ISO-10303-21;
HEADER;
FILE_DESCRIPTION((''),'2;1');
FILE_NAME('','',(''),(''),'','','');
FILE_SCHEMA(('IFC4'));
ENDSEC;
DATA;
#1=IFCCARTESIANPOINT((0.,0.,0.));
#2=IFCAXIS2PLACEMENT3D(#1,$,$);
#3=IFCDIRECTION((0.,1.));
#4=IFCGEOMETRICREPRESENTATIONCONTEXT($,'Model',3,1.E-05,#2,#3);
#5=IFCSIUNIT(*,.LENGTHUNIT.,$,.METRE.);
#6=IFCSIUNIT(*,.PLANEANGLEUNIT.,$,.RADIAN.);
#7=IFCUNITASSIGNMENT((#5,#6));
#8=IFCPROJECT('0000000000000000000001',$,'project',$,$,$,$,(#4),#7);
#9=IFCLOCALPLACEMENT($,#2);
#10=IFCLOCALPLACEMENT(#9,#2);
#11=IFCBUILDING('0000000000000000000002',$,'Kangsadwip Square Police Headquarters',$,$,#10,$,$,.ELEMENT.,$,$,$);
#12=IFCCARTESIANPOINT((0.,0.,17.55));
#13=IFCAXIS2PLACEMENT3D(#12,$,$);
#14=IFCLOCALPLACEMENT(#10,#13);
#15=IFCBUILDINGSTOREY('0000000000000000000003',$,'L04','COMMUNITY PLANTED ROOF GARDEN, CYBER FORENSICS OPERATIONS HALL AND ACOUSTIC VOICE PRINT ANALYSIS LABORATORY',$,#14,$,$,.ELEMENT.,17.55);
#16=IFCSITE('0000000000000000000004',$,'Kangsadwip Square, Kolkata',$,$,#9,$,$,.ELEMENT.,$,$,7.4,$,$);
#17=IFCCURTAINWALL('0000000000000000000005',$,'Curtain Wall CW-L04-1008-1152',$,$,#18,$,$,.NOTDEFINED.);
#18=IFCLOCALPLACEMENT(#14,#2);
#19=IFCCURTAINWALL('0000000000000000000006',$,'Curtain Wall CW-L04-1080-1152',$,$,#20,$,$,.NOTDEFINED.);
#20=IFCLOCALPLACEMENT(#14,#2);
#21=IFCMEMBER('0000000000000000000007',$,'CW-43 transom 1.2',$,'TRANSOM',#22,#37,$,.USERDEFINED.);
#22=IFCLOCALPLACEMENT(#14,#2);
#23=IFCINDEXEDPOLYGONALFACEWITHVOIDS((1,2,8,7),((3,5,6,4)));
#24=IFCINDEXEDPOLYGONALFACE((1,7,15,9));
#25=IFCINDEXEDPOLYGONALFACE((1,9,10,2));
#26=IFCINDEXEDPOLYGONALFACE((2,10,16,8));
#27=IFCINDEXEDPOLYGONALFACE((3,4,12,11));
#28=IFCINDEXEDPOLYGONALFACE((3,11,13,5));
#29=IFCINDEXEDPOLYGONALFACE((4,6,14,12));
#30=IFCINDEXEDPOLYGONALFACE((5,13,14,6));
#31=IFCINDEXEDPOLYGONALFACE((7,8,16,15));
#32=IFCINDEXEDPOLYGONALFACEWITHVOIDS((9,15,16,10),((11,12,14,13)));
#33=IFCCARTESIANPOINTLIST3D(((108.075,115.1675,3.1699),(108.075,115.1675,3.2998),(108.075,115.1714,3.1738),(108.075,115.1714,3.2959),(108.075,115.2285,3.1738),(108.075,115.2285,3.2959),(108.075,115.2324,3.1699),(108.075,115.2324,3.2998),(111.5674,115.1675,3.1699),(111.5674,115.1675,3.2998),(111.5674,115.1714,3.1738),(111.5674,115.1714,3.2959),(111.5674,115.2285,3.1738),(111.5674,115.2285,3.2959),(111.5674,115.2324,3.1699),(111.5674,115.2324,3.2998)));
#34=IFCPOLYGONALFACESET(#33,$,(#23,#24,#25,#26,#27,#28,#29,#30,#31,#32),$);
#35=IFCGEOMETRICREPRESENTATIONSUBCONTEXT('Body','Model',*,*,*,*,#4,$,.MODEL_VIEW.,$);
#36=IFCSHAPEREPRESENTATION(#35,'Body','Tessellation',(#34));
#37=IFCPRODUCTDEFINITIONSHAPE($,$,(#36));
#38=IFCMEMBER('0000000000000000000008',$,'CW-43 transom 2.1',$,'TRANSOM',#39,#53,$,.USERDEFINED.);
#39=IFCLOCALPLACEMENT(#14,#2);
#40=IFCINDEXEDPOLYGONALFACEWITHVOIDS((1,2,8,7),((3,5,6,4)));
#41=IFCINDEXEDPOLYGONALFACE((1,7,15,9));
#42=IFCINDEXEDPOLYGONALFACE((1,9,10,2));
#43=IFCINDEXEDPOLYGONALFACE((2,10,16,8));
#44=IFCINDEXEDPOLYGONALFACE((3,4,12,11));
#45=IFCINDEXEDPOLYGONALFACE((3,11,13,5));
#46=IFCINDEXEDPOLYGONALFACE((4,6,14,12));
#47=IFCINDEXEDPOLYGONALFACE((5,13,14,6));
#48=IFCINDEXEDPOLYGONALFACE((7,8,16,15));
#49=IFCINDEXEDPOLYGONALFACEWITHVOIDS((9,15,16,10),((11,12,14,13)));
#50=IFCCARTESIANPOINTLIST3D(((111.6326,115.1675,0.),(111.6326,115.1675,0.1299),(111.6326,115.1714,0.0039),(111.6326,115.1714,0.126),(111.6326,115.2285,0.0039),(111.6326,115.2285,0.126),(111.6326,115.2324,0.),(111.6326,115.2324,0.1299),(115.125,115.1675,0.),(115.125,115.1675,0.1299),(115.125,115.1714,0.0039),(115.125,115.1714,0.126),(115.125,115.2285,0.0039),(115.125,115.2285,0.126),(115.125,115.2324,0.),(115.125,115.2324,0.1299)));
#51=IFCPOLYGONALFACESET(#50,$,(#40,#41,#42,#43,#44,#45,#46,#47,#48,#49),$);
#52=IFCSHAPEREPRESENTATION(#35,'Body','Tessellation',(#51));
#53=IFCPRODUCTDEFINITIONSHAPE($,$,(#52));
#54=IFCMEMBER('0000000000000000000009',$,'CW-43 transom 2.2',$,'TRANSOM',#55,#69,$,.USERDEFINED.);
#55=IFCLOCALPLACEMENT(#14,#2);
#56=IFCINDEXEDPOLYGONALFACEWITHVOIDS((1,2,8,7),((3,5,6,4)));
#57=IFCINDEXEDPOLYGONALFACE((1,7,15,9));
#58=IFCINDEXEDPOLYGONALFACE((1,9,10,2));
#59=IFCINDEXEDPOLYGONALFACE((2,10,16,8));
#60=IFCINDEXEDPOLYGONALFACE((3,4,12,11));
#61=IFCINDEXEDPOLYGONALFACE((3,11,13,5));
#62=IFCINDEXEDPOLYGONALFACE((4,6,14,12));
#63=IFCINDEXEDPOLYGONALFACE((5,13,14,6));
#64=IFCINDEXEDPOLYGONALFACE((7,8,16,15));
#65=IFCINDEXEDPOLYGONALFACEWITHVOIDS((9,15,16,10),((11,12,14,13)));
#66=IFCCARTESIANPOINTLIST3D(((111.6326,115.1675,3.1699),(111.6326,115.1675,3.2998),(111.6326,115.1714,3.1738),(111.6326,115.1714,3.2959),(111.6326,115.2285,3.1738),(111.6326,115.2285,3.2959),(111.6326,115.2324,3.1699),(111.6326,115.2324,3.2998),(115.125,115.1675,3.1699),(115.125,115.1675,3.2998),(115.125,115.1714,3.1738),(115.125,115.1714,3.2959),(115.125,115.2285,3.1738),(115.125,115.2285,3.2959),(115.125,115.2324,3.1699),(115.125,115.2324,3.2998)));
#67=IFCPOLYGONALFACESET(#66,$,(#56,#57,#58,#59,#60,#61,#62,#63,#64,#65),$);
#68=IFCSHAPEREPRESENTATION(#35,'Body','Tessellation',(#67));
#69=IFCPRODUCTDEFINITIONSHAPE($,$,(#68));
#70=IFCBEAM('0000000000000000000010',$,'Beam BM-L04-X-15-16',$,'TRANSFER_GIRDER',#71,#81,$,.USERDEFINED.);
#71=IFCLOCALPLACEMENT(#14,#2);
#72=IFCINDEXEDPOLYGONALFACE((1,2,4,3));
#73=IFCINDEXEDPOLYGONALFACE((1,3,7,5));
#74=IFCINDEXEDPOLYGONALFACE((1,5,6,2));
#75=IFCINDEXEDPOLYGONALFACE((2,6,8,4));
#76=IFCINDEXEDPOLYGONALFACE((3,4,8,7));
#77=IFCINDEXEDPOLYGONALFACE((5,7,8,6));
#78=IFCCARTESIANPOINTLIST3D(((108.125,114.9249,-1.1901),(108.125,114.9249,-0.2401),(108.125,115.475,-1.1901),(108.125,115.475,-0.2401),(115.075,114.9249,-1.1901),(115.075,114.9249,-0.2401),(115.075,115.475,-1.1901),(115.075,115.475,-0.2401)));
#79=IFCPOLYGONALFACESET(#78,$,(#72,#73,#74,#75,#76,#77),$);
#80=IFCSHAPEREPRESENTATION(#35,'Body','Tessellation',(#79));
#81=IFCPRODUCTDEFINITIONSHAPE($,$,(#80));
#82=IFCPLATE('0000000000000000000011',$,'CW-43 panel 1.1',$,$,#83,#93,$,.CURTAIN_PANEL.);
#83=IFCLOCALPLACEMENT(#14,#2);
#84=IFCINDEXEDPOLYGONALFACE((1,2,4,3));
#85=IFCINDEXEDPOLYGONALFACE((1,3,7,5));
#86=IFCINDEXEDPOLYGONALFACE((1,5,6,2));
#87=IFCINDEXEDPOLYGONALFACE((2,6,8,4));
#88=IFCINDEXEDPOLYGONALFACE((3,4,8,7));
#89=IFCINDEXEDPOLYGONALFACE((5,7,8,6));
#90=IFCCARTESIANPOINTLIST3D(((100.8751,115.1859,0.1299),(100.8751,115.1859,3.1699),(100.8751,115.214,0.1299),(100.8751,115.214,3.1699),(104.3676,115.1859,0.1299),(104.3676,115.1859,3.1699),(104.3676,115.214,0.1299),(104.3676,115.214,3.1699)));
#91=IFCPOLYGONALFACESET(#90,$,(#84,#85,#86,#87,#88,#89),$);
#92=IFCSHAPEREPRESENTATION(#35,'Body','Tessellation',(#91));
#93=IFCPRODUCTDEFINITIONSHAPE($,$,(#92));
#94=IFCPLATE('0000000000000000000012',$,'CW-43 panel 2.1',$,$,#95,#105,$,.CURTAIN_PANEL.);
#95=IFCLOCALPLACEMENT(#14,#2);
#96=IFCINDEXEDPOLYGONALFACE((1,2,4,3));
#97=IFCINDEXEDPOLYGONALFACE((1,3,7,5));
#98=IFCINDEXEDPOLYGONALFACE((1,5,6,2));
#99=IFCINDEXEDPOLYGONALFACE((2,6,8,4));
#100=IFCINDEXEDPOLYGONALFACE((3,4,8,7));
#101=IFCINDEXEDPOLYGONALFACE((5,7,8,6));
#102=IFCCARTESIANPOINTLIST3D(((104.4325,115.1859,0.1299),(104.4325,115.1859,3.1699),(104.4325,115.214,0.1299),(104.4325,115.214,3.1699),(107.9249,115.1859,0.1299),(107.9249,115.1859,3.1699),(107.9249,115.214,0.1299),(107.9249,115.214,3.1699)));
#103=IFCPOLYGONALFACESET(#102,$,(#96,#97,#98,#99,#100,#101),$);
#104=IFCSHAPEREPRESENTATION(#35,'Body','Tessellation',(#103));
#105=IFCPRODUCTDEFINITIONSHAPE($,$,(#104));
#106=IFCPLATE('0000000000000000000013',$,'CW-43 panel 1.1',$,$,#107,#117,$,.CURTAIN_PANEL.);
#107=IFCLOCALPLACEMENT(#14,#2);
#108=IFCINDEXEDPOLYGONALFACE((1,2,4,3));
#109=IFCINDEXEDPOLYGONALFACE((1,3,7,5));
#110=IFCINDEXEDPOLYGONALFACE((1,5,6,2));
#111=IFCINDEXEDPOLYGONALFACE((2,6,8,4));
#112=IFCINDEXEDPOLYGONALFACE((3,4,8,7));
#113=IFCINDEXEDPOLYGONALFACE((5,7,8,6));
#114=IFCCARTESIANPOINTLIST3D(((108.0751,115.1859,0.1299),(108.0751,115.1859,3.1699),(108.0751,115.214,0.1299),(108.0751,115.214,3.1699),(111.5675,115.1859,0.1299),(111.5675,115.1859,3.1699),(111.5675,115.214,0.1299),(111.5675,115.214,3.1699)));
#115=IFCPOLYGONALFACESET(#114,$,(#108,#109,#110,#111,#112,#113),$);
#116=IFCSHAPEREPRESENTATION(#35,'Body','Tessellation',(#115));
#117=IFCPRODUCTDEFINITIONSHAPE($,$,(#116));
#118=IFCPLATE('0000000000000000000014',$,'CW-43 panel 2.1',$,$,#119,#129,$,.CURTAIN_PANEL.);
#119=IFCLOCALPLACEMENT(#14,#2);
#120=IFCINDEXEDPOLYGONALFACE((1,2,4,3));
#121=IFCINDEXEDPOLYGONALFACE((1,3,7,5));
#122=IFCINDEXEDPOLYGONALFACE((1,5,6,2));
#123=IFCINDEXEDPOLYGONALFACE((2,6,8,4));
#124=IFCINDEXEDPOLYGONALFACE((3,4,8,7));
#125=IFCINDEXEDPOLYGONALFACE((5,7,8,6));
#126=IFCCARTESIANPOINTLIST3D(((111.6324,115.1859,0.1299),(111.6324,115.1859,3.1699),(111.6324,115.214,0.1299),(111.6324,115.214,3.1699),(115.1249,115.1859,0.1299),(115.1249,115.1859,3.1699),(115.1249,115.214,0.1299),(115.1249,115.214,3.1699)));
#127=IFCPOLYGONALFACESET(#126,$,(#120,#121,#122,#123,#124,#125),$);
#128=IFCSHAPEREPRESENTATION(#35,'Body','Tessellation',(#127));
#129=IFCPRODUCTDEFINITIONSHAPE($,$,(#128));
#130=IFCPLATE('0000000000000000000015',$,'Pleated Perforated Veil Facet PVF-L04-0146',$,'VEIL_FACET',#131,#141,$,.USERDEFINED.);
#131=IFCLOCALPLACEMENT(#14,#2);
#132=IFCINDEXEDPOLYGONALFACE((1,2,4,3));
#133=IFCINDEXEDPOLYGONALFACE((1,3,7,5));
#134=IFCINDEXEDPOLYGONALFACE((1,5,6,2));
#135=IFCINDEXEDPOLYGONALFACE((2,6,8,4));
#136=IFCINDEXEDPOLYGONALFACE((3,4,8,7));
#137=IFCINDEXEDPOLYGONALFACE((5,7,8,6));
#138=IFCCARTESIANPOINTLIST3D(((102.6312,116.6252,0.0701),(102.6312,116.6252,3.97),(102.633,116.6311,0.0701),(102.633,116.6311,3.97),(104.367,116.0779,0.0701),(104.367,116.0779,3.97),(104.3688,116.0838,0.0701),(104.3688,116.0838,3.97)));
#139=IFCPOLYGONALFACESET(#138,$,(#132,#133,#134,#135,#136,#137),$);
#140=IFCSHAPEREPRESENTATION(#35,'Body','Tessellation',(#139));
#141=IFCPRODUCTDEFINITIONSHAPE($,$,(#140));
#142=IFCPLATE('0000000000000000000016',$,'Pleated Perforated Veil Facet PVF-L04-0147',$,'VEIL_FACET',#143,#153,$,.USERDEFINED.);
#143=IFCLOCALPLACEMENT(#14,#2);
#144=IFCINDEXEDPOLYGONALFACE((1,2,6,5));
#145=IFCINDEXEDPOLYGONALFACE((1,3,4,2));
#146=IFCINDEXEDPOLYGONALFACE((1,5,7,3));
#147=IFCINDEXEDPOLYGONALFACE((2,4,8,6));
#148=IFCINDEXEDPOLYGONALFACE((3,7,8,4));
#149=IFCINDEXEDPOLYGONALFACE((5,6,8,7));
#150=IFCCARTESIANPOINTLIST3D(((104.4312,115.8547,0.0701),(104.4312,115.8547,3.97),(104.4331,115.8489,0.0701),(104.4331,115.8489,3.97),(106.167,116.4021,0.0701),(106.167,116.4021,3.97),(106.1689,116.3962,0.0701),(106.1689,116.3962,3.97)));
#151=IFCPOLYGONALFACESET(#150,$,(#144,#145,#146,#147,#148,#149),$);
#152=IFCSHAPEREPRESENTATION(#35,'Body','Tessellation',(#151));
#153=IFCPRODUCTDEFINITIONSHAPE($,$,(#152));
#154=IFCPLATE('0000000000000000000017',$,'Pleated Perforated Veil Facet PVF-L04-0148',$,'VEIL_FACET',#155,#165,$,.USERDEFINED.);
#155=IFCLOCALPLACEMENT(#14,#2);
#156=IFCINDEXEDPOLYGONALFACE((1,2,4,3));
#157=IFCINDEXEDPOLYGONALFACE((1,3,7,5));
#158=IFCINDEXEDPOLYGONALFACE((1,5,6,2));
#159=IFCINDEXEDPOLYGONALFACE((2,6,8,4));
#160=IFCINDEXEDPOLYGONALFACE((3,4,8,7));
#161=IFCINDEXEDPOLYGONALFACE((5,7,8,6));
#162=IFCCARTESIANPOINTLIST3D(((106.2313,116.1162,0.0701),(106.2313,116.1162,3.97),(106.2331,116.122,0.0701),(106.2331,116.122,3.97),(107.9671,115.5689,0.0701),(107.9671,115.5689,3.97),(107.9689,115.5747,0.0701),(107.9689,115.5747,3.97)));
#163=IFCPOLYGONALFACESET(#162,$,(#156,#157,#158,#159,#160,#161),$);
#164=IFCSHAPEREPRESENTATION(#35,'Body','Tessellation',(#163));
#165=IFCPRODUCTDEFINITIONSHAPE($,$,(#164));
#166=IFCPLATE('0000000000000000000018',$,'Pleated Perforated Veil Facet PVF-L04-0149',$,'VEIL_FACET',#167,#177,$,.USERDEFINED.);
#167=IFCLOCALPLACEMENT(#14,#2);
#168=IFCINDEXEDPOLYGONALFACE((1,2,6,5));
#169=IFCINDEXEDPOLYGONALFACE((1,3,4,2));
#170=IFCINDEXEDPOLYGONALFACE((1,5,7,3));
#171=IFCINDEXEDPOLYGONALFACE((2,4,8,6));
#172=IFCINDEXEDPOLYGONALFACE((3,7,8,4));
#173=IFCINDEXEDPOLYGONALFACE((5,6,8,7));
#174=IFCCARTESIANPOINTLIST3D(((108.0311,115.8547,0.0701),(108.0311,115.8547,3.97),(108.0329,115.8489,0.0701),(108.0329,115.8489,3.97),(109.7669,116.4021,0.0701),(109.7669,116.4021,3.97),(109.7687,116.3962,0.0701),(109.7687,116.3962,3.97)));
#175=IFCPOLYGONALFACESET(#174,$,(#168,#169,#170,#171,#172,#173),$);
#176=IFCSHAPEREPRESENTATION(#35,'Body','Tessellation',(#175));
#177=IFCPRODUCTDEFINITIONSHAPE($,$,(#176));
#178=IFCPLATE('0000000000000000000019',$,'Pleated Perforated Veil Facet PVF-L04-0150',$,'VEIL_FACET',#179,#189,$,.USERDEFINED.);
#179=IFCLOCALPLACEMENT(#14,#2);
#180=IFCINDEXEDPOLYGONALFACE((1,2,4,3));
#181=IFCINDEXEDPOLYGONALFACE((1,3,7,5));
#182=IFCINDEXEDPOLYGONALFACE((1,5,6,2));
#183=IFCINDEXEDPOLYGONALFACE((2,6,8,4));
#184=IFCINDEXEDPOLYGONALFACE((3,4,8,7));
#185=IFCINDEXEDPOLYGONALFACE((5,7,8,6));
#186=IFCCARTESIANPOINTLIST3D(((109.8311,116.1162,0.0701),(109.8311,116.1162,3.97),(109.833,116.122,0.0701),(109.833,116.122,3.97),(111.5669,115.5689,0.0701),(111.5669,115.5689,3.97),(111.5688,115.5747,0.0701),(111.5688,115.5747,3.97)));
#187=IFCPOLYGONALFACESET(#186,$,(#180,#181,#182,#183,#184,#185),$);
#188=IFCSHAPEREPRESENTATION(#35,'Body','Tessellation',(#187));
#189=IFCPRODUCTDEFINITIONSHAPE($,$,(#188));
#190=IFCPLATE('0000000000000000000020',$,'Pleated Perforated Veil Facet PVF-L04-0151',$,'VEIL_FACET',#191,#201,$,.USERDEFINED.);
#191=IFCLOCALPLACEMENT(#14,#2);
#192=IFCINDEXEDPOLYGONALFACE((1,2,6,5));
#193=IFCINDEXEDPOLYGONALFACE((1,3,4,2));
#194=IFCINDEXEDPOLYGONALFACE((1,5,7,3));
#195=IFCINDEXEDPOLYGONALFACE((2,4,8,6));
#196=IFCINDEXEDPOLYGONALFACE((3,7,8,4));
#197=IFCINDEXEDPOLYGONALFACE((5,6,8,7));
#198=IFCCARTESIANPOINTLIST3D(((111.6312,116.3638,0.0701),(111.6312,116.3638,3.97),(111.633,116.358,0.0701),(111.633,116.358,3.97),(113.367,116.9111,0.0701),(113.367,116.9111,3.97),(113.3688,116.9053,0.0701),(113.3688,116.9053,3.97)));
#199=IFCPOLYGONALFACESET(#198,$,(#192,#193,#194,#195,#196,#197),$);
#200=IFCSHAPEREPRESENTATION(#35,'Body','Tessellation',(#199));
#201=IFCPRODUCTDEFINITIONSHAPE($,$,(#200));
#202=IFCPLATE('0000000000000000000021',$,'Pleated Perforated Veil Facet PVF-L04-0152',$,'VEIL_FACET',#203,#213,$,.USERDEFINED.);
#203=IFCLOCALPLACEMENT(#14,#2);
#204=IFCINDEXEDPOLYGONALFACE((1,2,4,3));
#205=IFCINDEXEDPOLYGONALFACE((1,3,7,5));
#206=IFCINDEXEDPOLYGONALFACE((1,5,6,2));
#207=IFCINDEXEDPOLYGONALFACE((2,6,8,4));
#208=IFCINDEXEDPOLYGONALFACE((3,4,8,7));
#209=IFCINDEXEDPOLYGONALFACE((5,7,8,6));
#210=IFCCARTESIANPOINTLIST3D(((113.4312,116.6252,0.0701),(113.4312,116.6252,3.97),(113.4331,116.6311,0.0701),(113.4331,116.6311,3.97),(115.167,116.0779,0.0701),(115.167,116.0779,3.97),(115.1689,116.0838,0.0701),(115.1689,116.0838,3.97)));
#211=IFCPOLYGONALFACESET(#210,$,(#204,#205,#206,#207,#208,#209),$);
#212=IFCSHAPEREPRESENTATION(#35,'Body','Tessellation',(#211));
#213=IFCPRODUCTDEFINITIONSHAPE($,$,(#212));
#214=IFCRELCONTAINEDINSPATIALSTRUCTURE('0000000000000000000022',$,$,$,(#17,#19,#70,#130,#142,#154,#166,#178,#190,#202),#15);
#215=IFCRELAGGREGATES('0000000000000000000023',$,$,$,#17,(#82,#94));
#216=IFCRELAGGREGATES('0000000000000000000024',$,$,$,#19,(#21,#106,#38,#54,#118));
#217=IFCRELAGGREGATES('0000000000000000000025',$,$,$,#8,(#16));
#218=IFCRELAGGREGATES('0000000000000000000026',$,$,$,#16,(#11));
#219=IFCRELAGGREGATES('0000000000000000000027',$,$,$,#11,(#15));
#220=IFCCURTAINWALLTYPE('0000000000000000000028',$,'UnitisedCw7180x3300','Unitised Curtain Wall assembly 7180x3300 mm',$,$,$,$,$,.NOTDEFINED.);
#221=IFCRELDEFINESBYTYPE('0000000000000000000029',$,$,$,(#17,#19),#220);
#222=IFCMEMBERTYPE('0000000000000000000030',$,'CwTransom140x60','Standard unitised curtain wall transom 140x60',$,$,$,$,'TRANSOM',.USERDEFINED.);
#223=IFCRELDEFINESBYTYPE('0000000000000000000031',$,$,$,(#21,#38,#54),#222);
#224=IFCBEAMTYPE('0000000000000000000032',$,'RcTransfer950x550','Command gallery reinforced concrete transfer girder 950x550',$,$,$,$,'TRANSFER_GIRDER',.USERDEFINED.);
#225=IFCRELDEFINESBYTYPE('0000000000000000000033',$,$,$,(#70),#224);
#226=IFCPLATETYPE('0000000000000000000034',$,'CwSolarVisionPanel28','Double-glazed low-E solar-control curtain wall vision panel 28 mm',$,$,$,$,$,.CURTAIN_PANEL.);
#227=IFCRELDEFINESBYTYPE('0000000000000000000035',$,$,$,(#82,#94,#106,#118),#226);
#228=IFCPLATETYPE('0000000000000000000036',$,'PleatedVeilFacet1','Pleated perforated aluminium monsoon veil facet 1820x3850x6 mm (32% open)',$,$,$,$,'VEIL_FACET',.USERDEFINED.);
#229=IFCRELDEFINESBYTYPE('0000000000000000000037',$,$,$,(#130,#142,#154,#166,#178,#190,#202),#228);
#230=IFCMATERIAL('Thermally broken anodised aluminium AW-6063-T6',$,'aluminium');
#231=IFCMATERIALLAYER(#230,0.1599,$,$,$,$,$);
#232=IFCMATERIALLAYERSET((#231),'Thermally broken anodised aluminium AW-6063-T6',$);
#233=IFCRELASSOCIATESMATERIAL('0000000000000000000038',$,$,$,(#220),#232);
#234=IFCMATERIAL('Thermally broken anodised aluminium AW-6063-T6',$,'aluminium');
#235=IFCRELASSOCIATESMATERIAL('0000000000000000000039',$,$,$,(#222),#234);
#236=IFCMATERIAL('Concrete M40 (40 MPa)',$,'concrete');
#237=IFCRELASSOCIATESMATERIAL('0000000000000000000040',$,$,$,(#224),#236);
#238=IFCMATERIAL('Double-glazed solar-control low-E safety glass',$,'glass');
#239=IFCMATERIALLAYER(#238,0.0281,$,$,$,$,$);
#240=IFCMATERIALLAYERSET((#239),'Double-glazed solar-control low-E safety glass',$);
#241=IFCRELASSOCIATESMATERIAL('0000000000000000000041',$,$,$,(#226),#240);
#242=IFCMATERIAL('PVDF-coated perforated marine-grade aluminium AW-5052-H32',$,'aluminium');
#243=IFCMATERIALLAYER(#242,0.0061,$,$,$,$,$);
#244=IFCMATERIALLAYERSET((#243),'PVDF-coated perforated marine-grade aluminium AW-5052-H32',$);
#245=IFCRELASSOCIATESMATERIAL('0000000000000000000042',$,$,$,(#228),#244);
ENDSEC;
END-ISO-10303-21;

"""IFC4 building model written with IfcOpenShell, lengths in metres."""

from ifc_helpers import new_model, si_unit, direction, frame, origin, origin_2d, place, context, subcontext, project, spatial, rectangle, hollow_rectangle, extrude, material, layer, layer_set, material_profile, profile_set, type_object, element, aggregate, save


model = new_model("IFC4")

# Units and contexts
model_context = context("Model", 3, precision=1e-05, world=origin(), true_north=direction((0.0, 1.0)))
body_context = subcontext(model_context, "Body", "Model", "MODEL_VIEW")
ifc_project = project(units=[si_unit("LENGTHUNIT", "METRE"), si_unit("PLANEANGLEUNIT", "RADIAN")], contexts=[model_context])

# Site, building, storey
site_placement = place(None, origin())
site = spatial("IfcSite", under=ifc_project, at=site_placement, Name="Kangsadwip Square, Kolkata", CompositionType="ELEMENT", RefElevation=7.4)
building_placement = place(site_placement, origin())
building = spatial("IfcBuilding", under=site, at=building_placement, Name="Kangsadwip Square Police Headquarters", CompositionType="ELEMENT")
storey_placement = place(building_placement, frame((0.0, 0.0, 17.55)))
storey = spatial("IfcBuildingStorey", under=building, at=storey_placement, Name="L04", Description="COMMUNITY PLANTED ROOF GARDEN, CYBER FORENSICS OPERATIONS HALL AND ACOUSTIC VOICE PRINT ANALYSIS LABORATORY", CompositionType="ELEMENT", Elevation=17.55)

# Curtain walls
ifc_material_1 = material(Name="Thermally broken anodised aluminium AW-6063-T6", Category="aluminium")
ifc_layer_1 = layer(ifc_material_1, 0.1599)
ifc_layer_set_1 = layer_set([ifc_layer_1], Name="Thermally broken anodised aluminium AW-6063-T6")
curtain_wall_type = type_object("IfcCurtainWallType", Name="UnitisedCw7180x3300", Description="Unitised Curtain Wall assembly 7180x3300 mm", PredefinedType="NOTDEFINED", material=ifc_layer_set_1)
curtain_wall_1_placement = place(storey_placement, origin())
curtain_wall_1 = element("IfcCurtainWall", 1, at=curtain_wall_1_placement, inside=storey, type_object=curtain_wall_type, Name="Curtain Wall CW-L04-1008-1152", PredefinedType="NOTDEFINED")
curtain_wall_2_placement = place(storey_placement, origin())
curtain_wall_2 = element("IfcCurtainWall", 2, at=curtain_wall_2_placement, inside=storey, type_object=curtain_wall_type, Name="Curtain Wall CW-L04-1080-1152", PredefinedType="NOTDEFINED")

# Members
ifc_material_2 = material(Name="Thermally broken anodised aluminium AW-6063-T6", Category="aluminium")
ifc_material_profile_1 = material_profile(ifc_material_2, hollow_rectangle(XDim=0.0649, YDim=0.1299, WallThickness=0.0039, at=origin_2d()), Name="CWT 130X65X4")
ifc_profile_set_1 = profile_set([ifc_material_profile_1], Name="Thermally broken anodised aluminium AW-6063-T6")
member_type_1 = type_object("IfcMemberType", Name="CwTransom140x60", Description="Standard unitised curtain wall transom 140x60", ElementType="TRANSOM", PredefinedType="USERDEFINED", material=ifc_profile_set_1)
member_1_placement = place(storey_placement, frame((108.075, 115.2, 3.2349), z_axis=(1.0, 0.0, 0.0), x_axis=(0.0, 1.0, 0.0)))
member_1 = element("IfcMember", 3, at=member_1_placement, type_object=member_type_1, Name="CW-43 transom 1.2", ObjectType="TRANSOM", PredefinedType="USERDEFINED", context=body_context, shape_type="SweptSolid", body=[
    extrude(hollow_rectangle(XDim=0.0649, YDim=0.1299, WallThickness=0.0039, at=origin_2d()), origin(), (0.0, 0.0, 1.0), 3.4924),
])
member_2_placement = place(storey_placement, frame((111.6326, 115.2, 0.0649), z_axis=(1.0, 0.0, 0.0), x_axis=(0.0, 1.0, 0.0)))
member_2 = element("IfcMember", 4, at=member_2_placement, type_object=member_type_1, Name="CW-43 transom 2.1", ObjectType="TRANSOM", PredefinedType="USERDEFINED", context=body_context, shape_type="SweptSolid", body=[
    extrude(hollow_rectangle(XDim=0.0649, YDim=0.1299, WallThickness=0.0039, at=origin_2d()), origin(), (0.0, 0.0, 1.0), 3.4924),
])
member_3_placement = place(storey_placement, frame((111.6326, 115.2, 3.2349), z_axis=(1.0, 0.0, 0.0), x_axis=(0.0, 1.0, 0.0)))
member_3 = element("IfcMember", 5, at=member_3_placement, type_object=member_type_1, Name="CW-43 transom 2.2", ObjectType="TRANSOM", PredefinedType="USERDEFINED", context=body_context, shape_type="SweptSolid", body=[
    extrude(hollow_rectangle(XDim=0.0649, YDim=0.1299, WallThickness=0.0039, at=origin_2d()), origin(), (0.0, 0.0, 1.0), 3.4924),
])

# Beam
ifc_material_3 = material(Name="Concrete M40 (40 MPa)", Category="concrete")
ifc_material_profile_2 = material_profile(ifc_material_3, rectangle(XDim=0.55, YDim=0.95, at=origin_2d()), Name="RC TG 950X550")
ifc_profile_set_2 = profile_set([ifc_material_profile_2], Name="Concrete M40 (40 MPa)")
beam_type = type_object("IfcBeamType", Name="RcTransfer950x550", Description="Command gallery reinforced concrete transfer girder 950x550", ElementType="TRANSFER_GIRDER", PredefinedType="USERDEFINED", material=ifc_profile_set_2)
beam_placement = place(storey_placement, frame((108.125, 115.2, -0.7151), z_axis=(1.0, 0.0, 0.0), x_axis=(0.0, 1.0, 0.0)))
element("IfcBeam", 6, at=beam_placement, inside=storey, type_object=beam_type, Name="Beam BM-L04-X-15-16", ObjectType="TRANSFER_GIRDER", PredefinedType="USERDEFINED", context=body_context, shape_type="SweptSolid", body=[
    extrude(rectangle(XDim=0.55, YDim=0.95, at=origin_2d()), origin(), (0.0, 0.0, 1.0), 6.95),
])

# Plates
ifc_material_4 = material(Name="Double-glazed solar-control low-E safety glass", Category="glass")
ifc_layer_2 = layer(ifc_material_4, 0.0281)
ifc_layer_set_2 = layer_set([ifc_layer_2], Name="Double-glazed solar-control low-E safety glass")
plate_type_1 = type_object("IfcPlateType", Name="CwSolarVisionPanel28", Description="Double-glazed low-E solar-control curtain wall vision panel 28 mm", PredefinedType="CURTAIN_PANEL", material=ifc_layer_set_2)
plate_1_placement = place(storey_placement, frame((102.6213, 115.2, 0.1299), z_axis=(0.0, 0.0, 1.0), x_axis=(1.0, 0.0, 0.0)))
plate_1 = element("IfcPlate", 7, at=plate_1_placement, type_object=plate_type_1, Name="CW-43 panel 1.1", PredefinedType="CURTAIN_PANEL", context=body_context, shape_type="SweptSolid", body=[
    extrude(rectangle(XDim=3.4924, YDim=0.0281, at=origin_2d()), origin(), (0.0, 0.0, 1.0), 3.04),
])
plate_2_placement = place(storey_placement, frame((106.1787, 115.2, 0.1299), z_axis=(0.0, 0.0, 1.0), x_axis=(1.0, 0.0, 0.0)))
plate_2 = element("IfcPlate", 8, at=plate_2_placement, type_object=plate_type_1, Name="CW-43 panel 2.1", PredefinedType="CURTAIN_PANEL", context=body_context, shape_type="SweptSolid", body=[
    extrude(rectangle(XDim=3.4924, YDim=0.0281, at=origin_2d()), origin(), (0.0, 0.0, 1.0), 3.04),
])
aggregate(curtain_wall_1, [plate_1, plate_2])
plate_3_placement = place(storey_placement, frame((109.8213, 115.2, 0.1299), z_axis=(0.0, 0.0, 1.0), x_axis=(1.0, 0.0, 0.0)))
plate_3 = element("IfcPlate", 9, at=plate_3_placement, type_object=plate_type_1, Name="CW-43 panel 1.1", PredefinedType="CURTAIN_PANEL", context=body_context, shape_type="SweptSolid", body=[
    extrude(rectangle(XDim=3.4924, YDim=0.0281, at=origin_2d()), origin(), (0.0, 0.0, 1.0), 3.04),
])
plate_4_placement = place(storey_placement, frame((113.3787, 115.2, 0.1299), z_axis=(0.0, 0.0, 1.0), x_axis=(1.0, 0.0, 0.0)))
plate_4 = element("IfcPlate", 10, at=plate_4_placement, type_object=plate_type_1, Name="CW-43 panel 2.1", PredefinedType="CURTAIN_PANEL", context=body_context, shape_type="SweptSolid", body=[
    extrude(rectangle(XDim=3.4924, YDim=0.0281, at=origin_2d()), origin(), (0.0, 0.0, 1.0), 3.04),
])
aggregate(curtain_wall_2, [member_1, plate_3, member_2, member_3, plate_4])

# Plates
ifc_material_5 = material(Name="PVDF-coated perforated marine-grade aluminium AW-5052-H32", Category="aluminium")
ifc_layer_3 = layer(ifc_material_5, 0.0061)
ifc_layer_set_3 = layer_set([ifc_layer_3], Name="PVDF-coated perforated marine-grade aluminium AW-5052-H32")
plate_type_2 = type_object("IfcPlateType", Name="PleatedVeilFacet1", Description="Pleated perforated aluminium monsoon veil facet 1820x3850x6 mm (32% open)", ElementType="VEIL_FACET", PredefinedType="USERDEFINED", material=ifc_layer_set_3)
for number, where, z_axis, x_axis, name in (
    (11, (103.5, 116.3545, 0.0701), (0.0, 0.0, 1.0), (0.953717, -0.300706, 0.0), "Pleated Perforated Veil Facet PVF-L04-0146"),
    (12, (105.3, 116.1255, 0.0701), (0.0, 0.0, 1.0), (0.953717, 0.300706, 0.0), "Pleated Perforated Veil Facet PVF-L04-0147"),
    (13, (107.1001, 115.8455, 0.0701), (0.0, 0.0, 1.0), (0.953717, -0.300706, 0.0), "Pleated Perforated Veil Facet PVF-L04-0148"),
    (14, (108.8999, 116.1255, 0.0701), (0.0, 0.0, 1.0), (0.953717, 0.300706, 0.0), "Pleated Perforated Veil Facet PVF-L04-0149"),
    (15, (110.7, 115.8455, 0.0701), (0.0, 0.0, 1.0), (0.953717, -0.300706, 0.0), "Pleated Perforated Veil Facet PVF-L04-0150"),
    (16, (112.5, 116.6345, 0.0701), (0.0, 0.0, 1.0), (0.953717, 0.300706, 0.0), "Pleated Perforated Veil Facet PVF-L04-0151"),
    (17, (114.3, 116.3545, 0.0701), (0.0, 0.0, 1.0), (0.953717, -0.300706, 0.0), "Pleated Perforated Veil Facet PVF-L04-0152"),
):
    element("IfcPlate", number, at=place(storey_placement, frame(where, z_axis=z_axis, x_axis=x_axis)), inside=storey, type_object=plate_type_2, Name=name, ObjectType="VEIL_FACET", PredefinedType="USERDEFINED", context=body_context, shape_type="SweptSolid", body=[
        extrude(rectangle(XDim=1.8201, YDim=0.0061, at=origin_2d()), origin(), (0.0, 0.0, 1.0), 3.8999),
    ])

save(model, "model.ifc")
